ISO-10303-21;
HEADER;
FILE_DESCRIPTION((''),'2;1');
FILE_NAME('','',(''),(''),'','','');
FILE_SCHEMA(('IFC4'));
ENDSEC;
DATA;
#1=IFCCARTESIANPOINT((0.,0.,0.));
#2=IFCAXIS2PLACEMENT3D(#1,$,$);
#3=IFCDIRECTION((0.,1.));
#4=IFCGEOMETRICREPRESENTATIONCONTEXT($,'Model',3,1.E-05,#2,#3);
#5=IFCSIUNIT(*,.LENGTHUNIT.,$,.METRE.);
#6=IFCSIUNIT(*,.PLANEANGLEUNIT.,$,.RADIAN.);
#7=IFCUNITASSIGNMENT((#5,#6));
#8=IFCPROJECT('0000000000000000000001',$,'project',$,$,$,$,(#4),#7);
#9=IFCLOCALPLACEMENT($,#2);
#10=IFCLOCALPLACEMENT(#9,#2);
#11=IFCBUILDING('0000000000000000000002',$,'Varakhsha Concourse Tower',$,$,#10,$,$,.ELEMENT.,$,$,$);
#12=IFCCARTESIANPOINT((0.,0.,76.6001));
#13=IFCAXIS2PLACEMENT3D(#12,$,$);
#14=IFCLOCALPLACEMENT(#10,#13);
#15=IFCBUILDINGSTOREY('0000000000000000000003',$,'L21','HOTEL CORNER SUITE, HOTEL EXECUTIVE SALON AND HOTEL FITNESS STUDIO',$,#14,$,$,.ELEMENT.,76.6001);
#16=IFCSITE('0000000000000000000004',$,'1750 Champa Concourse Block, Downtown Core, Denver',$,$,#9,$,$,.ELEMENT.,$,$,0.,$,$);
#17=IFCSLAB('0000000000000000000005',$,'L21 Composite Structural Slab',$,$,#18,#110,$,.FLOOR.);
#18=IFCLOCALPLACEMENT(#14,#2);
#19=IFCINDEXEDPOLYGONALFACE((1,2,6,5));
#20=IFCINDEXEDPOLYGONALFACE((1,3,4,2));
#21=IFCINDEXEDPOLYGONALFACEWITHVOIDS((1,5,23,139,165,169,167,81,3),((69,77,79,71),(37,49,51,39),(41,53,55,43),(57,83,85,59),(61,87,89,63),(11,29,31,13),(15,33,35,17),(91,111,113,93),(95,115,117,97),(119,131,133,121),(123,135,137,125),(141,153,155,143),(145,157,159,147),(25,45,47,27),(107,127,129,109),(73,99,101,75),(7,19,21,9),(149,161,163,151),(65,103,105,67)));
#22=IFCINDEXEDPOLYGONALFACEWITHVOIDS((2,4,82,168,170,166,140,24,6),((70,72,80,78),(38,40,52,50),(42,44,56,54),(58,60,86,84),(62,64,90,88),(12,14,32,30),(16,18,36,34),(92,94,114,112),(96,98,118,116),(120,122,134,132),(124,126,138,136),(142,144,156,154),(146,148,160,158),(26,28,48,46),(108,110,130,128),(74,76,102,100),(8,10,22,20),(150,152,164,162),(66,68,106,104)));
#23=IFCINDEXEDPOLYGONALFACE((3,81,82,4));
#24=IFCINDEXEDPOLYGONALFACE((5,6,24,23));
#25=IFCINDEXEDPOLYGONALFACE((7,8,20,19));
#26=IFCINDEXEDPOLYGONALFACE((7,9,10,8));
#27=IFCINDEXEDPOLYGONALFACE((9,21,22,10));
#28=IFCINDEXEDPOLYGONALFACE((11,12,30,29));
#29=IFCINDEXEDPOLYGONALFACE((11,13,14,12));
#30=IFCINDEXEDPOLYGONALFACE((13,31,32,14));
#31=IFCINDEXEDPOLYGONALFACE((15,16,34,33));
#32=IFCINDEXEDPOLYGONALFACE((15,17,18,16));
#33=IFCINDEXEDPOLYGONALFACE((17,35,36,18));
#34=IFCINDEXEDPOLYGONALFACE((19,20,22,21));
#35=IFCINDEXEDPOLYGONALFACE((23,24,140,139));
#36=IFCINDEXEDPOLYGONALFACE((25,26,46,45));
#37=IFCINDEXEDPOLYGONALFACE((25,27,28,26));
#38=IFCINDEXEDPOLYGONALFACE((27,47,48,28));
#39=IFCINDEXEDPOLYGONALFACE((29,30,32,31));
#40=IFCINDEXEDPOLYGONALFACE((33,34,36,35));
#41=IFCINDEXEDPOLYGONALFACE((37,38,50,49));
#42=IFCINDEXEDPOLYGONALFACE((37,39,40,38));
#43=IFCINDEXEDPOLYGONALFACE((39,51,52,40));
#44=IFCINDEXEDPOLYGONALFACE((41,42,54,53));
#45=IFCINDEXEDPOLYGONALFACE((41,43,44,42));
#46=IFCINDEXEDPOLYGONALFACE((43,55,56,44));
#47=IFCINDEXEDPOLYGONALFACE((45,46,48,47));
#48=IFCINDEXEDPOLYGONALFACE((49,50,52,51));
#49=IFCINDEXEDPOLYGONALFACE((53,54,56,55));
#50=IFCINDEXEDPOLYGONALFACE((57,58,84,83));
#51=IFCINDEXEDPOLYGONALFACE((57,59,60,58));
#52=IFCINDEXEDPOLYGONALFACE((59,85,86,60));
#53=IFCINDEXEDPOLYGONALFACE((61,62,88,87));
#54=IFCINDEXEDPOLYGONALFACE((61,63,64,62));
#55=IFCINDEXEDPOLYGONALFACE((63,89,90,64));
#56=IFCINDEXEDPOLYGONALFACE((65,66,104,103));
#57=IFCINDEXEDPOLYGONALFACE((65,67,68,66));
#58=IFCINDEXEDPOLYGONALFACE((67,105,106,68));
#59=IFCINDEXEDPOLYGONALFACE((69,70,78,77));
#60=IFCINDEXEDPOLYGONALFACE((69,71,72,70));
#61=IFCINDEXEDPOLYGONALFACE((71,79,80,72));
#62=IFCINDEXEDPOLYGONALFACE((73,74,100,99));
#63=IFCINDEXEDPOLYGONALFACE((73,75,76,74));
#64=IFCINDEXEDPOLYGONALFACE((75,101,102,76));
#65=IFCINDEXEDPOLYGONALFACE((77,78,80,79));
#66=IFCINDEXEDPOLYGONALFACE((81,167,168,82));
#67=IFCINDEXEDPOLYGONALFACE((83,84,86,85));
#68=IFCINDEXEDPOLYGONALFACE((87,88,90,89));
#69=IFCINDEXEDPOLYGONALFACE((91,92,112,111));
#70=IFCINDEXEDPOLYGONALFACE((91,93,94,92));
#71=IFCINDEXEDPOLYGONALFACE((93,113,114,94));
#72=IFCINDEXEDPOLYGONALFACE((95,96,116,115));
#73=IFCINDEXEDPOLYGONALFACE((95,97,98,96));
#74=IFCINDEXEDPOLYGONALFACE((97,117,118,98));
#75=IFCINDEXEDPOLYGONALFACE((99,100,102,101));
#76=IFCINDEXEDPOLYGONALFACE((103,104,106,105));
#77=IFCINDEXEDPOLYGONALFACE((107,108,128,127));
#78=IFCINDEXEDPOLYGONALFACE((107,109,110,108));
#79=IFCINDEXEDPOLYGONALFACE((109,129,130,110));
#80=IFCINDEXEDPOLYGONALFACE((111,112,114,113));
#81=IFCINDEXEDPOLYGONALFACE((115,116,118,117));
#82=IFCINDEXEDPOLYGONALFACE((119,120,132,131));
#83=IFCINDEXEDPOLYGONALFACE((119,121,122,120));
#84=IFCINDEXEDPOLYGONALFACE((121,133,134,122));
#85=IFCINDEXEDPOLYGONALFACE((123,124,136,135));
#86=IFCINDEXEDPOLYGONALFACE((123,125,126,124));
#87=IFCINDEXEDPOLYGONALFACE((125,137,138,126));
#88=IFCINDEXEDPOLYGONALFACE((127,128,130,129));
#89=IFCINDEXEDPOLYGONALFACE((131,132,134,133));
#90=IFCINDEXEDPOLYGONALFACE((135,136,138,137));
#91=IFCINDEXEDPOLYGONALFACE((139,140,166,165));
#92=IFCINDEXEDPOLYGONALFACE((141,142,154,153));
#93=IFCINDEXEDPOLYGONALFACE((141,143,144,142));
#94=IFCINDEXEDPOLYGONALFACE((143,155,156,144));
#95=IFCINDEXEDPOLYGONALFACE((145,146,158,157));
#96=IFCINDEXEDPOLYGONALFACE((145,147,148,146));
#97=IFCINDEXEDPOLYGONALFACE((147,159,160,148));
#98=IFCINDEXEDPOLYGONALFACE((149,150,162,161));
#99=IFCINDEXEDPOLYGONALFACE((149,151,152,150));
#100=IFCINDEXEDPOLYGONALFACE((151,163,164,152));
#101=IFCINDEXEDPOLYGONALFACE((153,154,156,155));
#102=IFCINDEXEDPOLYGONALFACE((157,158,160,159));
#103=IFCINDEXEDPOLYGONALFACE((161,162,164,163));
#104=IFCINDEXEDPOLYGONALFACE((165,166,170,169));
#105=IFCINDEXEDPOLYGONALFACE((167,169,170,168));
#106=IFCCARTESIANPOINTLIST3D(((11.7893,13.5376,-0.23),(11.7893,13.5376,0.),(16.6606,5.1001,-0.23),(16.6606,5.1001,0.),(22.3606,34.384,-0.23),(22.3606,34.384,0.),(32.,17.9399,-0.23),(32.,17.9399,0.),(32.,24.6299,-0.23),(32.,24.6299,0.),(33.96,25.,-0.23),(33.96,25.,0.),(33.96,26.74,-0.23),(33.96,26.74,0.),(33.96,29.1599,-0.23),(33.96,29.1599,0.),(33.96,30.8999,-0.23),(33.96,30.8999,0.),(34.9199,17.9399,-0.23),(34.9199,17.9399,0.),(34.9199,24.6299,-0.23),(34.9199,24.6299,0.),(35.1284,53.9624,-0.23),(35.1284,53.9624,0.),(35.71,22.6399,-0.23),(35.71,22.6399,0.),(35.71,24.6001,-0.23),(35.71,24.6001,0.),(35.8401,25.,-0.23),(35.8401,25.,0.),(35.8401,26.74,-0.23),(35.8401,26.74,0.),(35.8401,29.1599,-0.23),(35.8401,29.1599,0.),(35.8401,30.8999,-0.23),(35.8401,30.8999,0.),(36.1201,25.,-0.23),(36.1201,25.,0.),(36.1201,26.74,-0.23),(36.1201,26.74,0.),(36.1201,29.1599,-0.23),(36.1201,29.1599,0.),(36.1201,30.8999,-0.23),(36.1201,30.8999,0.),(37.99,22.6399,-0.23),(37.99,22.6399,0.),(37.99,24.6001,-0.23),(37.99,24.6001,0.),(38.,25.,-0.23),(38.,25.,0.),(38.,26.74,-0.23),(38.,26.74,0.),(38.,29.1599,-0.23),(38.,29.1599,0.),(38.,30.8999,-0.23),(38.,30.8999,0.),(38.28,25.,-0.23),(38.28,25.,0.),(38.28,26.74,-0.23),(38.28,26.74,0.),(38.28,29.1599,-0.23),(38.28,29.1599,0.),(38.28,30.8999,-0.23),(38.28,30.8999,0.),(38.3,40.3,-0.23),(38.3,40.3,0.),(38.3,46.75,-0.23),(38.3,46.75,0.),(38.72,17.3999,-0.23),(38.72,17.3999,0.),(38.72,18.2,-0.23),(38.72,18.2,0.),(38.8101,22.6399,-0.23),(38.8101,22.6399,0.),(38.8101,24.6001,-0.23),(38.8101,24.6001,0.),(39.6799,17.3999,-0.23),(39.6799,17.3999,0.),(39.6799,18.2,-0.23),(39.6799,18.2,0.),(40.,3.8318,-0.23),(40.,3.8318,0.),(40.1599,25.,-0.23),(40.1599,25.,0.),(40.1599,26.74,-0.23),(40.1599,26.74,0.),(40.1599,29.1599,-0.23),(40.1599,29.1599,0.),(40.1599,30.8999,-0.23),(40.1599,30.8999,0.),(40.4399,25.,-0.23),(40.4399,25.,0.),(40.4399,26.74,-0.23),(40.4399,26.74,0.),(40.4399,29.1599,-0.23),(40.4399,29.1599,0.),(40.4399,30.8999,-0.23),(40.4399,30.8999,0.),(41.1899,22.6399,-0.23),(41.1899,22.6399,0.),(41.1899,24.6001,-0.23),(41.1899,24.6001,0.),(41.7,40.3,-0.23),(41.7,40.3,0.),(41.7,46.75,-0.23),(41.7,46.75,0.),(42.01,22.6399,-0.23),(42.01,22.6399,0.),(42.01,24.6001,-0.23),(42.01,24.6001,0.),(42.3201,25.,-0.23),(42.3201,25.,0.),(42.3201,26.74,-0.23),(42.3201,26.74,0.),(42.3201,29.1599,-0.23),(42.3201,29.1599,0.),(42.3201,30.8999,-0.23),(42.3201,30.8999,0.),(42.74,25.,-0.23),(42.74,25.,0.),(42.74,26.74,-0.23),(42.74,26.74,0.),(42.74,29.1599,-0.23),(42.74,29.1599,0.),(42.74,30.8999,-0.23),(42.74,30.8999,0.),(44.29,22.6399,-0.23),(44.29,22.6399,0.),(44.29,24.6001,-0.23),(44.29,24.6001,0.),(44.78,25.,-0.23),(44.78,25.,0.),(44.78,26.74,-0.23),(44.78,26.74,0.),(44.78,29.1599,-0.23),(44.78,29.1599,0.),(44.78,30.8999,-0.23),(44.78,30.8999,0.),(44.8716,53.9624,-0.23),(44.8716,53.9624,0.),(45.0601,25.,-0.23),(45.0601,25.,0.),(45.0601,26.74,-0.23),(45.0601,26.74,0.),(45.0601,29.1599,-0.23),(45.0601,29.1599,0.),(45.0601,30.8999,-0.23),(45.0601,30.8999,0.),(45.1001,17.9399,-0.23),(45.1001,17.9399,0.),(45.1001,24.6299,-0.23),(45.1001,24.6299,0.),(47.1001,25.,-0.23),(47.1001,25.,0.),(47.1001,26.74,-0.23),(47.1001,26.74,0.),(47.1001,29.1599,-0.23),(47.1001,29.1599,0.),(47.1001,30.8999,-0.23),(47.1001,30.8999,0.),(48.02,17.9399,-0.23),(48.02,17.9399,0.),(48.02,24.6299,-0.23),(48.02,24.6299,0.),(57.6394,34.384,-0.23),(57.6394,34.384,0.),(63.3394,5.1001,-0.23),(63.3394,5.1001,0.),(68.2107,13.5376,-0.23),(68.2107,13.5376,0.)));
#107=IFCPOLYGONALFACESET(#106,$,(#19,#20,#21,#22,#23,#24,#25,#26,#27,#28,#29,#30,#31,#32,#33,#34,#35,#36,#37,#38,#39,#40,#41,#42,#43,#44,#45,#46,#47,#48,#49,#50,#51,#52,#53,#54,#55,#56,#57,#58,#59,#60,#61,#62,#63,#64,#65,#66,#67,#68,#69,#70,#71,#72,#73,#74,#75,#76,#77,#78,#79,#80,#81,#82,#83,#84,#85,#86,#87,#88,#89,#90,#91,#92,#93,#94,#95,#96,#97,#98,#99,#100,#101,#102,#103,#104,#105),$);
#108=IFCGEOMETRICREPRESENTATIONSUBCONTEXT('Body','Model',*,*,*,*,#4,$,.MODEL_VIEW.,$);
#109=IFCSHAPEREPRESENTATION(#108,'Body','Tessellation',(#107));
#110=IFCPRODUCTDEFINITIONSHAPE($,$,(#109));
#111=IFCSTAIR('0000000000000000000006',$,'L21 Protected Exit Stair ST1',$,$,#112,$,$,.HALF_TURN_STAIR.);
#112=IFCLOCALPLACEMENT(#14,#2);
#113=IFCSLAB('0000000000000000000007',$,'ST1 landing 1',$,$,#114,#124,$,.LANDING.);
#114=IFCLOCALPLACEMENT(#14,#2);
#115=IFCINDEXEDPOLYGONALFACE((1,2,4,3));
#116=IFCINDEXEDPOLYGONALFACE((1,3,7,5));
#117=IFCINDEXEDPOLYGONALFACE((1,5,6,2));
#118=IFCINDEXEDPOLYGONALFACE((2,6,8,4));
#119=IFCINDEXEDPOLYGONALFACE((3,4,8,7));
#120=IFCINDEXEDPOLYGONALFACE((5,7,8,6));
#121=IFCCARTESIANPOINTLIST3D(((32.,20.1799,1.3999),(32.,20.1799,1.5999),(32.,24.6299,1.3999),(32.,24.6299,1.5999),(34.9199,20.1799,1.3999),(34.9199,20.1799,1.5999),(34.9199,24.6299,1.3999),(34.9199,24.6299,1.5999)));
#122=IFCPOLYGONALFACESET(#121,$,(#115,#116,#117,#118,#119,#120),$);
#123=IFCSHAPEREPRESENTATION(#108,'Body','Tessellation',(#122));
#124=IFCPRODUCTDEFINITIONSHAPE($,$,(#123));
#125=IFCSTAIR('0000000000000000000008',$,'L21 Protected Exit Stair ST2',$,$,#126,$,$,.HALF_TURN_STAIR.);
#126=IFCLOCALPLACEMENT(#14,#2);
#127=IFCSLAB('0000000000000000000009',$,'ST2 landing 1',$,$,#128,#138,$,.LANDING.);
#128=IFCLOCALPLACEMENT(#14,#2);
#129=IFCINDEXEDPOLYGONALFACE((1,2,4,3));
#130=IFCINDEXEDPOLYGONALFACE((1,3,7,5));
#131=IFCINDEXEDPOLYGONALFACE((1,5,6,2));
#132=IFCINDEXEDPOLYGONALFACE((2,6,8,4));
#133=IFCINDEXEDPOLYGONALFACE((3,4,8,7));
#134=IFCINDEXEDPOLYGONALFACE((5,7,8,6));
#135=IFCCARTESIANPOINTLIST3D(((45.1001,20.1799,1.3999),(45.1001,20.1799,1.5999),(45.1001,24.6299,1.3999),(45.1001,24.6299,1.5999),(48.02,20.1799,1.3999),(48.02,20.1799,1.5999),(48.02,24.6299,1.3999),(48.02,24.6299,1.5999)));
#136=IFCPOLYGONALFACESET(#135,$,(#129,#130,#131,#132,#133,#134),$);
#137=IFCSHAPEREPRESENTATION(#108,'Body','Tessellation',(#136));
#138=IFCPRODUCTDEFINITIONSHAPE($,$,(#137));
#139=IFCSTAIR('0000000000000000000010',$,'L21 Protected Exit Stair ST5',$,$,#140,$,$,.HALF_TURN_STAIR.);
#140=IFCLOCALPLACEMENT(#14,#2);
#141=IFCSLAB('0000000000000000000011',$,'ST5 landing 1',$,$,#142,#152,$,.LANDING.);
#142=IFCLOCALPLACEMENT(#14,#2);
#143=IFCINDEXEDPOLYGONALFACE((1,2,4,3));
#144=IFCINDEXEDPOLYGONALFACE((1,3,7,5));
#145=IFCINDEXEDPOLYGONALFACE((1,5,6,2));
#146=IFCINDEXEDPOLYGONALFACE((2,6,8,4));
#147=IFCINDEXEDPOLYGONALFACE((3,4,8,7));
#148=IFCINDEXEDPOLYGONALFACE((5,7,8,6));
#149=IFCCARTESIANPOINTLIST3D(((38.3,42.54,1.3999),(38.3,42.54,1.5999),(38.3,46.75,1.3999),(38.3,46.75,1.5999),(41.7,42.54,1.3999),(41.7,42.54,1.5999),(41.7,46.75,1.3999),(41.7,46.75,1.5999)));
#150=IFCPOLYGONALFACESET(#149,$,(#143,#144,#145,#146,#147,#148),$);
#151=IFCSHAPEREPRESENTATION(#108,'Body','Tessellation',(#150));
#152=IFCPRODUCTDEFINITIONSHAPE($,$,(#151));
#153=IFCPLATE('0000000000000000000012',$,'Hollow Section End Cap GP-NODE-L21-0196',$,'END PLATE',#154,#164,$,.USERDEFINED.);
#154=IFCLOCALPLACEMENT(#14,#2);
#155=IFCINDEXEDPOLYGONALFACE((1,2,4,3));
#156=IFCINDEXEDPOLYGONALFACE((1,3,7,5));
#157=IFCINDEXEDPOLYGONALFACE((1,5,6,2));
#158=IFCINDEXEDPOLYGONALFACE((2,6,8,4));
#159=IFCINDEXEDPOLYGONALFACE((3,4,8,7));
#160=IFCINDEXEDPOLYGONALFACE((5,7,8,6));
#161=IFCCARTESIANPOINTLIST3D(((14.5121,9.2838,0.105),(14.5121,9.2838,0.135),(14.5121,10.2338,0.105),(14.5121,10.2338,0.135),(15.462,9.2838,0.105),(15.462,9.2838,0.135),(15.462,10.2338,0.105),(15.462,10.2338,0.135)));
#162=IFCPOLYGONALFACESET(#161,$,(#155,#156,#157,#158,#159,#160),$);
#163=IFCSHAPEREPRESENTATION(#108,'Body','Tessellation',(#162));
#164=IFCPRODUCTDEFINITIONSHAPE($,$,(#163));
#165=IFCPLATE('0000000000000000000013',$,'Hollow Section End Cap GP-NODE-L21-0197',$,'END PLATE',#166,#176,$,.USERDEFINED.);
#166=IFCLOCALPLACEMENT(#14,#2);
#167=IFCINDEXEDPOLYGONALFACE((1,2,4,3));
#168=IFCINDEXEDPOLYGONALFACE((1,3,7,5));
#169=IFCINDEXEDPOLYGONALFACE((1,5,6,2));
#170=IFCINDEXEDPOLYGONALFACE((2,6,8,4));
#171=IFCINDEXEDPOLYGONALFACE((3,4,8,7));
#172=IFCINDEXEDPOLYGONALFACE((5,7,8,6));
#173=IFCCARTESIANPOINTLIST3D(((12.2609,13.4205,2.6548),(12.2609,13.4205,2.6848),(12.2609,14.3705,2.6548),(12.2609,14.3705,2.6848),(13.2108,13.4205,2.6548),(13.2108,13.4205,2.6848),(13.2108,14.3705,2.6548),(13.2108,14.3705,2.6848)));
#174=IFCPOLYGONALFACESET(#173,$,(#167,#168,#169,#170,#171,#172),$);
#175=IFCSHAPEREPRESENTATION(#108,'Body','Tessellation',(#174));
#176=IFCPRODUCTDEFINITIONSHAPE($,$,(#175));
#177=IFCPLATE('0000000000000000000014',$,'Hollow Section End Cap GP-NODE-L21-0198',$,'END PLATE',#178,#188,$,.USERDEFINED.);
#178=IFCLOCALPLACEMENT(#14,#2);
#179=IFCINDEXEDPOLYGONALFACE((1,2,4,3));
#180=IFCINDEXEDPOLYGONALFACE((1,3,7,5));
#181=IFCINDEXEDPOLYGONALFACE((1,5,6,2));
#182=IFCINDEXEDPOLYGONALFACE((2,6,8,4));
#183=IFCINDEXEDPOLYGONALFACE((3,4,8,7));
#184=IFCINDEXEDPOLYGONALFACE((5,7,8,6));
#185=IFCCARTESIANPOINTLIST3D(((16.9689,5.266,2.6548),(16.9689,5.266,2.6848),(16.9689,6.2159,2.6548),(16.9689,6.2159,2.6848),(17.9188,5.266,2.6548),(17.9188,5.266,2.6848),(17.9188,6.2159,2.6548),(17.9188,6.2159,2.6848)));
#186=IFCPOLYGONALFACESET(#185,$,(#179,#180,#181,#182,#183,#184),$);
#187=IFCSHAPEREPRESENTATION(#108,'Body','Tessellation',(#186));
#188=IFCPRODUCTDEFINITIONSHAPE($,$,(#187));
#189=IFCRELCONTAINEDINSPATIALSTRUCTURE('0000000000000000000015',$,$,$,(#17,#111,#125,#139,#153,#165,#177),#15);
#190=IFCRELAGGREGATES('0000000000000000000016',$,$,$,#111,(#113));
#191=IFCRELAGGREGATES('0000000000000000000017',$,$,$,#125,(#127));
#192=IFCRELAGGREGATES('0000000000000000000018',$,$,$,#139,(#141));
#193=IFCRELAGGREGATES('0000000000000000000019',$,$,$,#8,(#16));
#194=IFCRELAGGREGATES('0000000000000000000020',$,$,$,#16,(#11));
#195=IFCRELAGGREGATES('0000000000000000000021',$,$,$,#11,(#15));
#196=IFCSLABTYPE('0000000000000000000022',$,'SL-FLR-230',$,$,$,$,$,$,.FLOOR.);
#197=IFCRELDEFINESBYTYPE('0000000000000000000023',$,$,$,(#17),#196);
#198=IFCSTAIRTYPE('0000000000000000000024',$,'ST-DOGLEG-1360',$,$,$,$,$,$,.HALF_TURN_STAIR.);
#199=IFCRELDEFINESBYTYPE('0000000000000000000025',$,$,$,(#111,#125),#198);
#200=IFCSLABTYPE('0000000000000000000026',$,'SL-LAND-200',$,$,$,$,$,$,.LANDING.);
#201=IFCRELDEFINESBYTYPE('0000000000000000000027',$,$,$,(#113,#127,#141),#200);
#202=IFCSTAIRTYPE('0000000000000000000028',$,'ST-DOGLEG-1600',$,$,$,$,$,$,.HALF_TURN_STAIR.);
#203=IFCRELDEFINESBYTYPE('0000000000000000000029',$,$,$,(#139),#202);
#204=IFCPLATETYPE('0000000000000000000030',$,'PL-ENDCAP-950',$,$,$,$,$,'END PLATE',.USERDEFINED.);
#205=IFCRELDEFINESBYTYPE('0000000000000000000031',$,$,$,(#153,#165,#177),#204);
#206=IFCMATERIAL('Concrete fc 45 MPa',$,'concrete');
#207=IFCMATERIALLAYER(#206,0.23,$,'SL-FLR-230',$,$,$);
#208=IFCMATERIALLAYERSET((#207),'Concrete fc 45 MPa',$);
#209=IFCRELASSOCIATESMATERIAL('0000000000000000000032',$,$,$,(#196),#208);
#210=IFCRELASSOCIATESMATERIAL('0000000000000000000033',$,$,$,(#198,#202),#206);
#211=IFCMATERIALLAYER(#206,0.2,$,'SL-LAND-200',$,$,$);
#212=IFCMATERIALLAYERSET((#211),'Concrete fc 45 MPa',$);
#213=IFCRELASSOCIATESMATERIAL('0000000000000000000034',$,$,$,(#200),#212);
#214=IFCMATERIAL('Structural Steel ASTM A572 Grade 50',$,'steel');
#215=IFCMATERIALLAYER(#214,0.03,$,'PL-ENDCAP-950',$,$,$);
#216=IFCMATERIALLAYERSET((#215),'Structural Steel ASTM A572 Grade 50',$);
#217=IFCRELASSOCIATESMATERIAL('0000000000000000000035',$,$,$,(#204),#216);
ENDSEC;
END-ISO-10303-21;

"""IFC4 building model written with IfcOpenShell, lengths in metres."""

from ifc_helpers import new_model, si_unit, direction, frame, origin, origin_2d, place, context, subcontext, project, spatial, polyline, rectangle, outline, extrude, source, transform, mapped, material, layer, layer_set, type_object, type_shapes, element, aggregate, save


model = new_model("IFC4")

# Units and contexts
model_context = context("Model", 3, precision=1e-05, world=origin(), true_north=direction((0.0, 1.0)))
body_context = subcontext(model_context, "Body", "Model", "MODEL_VIEW")
ifc_project = project(units=[si_unit("LENGTHUNIT", "METRE"), si_unit("PLANEANGLEUNIT", "RADIAN")], contexts=[model_context])

# Site, building, storey
site_placement = place(None, origin())
site = spatial("IfcSite", under=ifc_project, at=site_placement, Name="1750 Champa Concourse Block, Downtown Core, Denver", CompositionType="ELEMENT", RefElevation=0.0)
building_placement = place(site_placement, origin())
building = spatial("IfcBuilding", under=site, at=building_placement, Name="Varakhsha Concourse Tower", CompositionType="ELEMENT")
storey_placement = place(building_placement, frame((0.0, 0.0, 76.6001)))
storey = spatial("IfcBuildingStorey", under=building, at=storey_placement, Name="L21", Description="HOTEL CORNER SUITE, HOTEL EXECUTIVE SALON AND HOTEL FITNESS STUDIO", CompositionType="ELEMENT", Elevation=76.6001)

# Shared definitions
ifc_material_1 = material(Name="Structural Steel ASTM A572 Grade 50", Category="steel")

# Slab
ifc_material_2 = material(Name="Concrete fc 45 MPa", Category="concrete")
ifc_layer_1 = layer(ifc_material_2, 0.23, Name="SL-FLR-230")
ifc_layer_set_1 = layer_set([ifc_layer_1], Name="Concrete fc 45 MPa")
slab_type_1 = type_object("IfcSlabType", Name="SL-FLR-230", PredefinedType="FLOOR", material=ifc_layer_set_1)
slab_1_placement = place(storey_placement, frame((0.0, 0.0, -0.23)))
element("IfcSlab", 1, at=slab_1_placement, inside=storey, type_object=slab_type_1, Name="L21 Composite Structural Slab", PredefinedType="FLOOR", context=body_context, shape_type="SweptSolid", body=[
    extrude(outline(polyline([(44.8716, 53.9624), (35.1284, 53.9624), (22.3606, 34.384), (11.7893, 13.5376), (16.6606, 5.1001), (40.0, 3.8318), (63.3394, 5.1001), (68.2107, 13.5376), (57.6394, 34.384), (44.8716, 53.9624)]), holes=[polyline([(34.9199, 17.9399), (34.9199, 24.6299), (32.0, 24.6299), (32.0, 17.9399), (34.9199, 17.9399)]), polyline([(48.02, 17.9399), (48.02, 24.6299), (45.1001, 24.6299), (45.1001, 17.9399), (48.02, 17.9399)]), polyline([(41.7, 40.3), (41.7, 46.75), (38.3, 46.75), (38.3, 40.3), (41.7, 40.3)]), polyline([(33.96, 29.1599), (35.8401, 29.1599), (35.8401, 30.8999), (33.96, 30.8999), (33.96, 29.1599)]), polyline([(36.1201, 29.1599), (38.0, 29.1599), (38.0, 30.8999), (36.1201, 30.8999), (36.1201, 29.1599)]), polyline([(38.28, 29.1599), (40.1599, 29.1599), (40.1599, 30.8999), (38.28, 30.8999), (38.28, 29.1599)]), polyline([(40.4399, 29.1599), (42.3201, 29.1599), (42.3201, 30.8999), (40.4399, 30.8999), (40.4399, 29.1599)]), polyline([(33.96, 25.0), (35.8401, 25.0), (35.8401, 26.74), (33.96, 26.74), (33.96, 25.0)]), polyline([(36.1201, 25.0), (38.0, 25.0), (38.0, 26.74), (36.1201, 26.74), (36.1201, 25.0)]), polyline([(38.28, 25.0), (40.1599, 25.0), (40.1599, 26.74), (38.28, 26.74), (38.28, 25.0)]), polyline([(40.4399, 25.0), (42.3201, 25.0), (42.3201, 26.74), (40.4399, 26.74), (40.4399, 25.0)]), polyline([(42.74, 29.1599), (44.78, 29.1599), (44.78, 30.8999), (42.74, 30.8999), (42.74, 29.1599)]), polyline([(45.0601, 29.1599), (47.1001, 29.1599), (47.1001, 30.8999), (45.0601, 30.8999), (45.0601, 29.1599)]), polyline([(42.74, 25.0), (44.78, 25.0), (44.78, 26.74), (42.74, 26.74), (42.74, 25.0)]), polyline([(45.0601, 25.0), (47.1001, 25.0), (47.1001, 26.74), (45.0601, 26.74), (45.0601, 25.0)]), polyline([(35.71, 22.6399), (37.99, 22.6399), (37.99, 24.6001), (35.71, 24.6001), (35.71, 22.6399)]), polyline([(42.01, 22.6399), (44.29, 22.6399), (44.29, 24.6001), (42.01, 24.6001), (42.01, 22.6399)]), polyline([(38.8101, 22.6399), (41.1899, 22.6399), (41.1899, 24.6001), (38.8101, 24.6001), (38.8101, 22.6399)]), polyline([(38.72, 17.3999), (39.6799, 17.3999), (39.6799, 18.2), (38.72, 18.2), (38.72, 17.3999)])]), origin(), (0.0, 0.0, 1.0), 0.23),
])

# Stairs, slabs
stair_type_1 = type_object("IfcStairType", Name="ST-DOGLEG-1360", PredefinedType="HALF_TURN_STAIR", material=ifc_material_2)
stair_1_placement = place(storey_placement, origin())
stair_1 = element("IfcStair", 2, at=stair_1_placement, inside=storey, type_object=stair_type_1, Name="L21 Protected Exit Stair ST1", PredefinedType="HALF_TURN_STAIR")
ifc_layer_2 = layer(ifc_material_2, 0.2, Name="SL-LAND-200")
ifc_layer_set_2 = layer_set([ifc_layer_2], Name="Concrete fc 45 MPa")
slab_type_2 = type_object("IfcSlabType", Name="SL-LAND-200", PredefinedType="LANDING", material=ifc_layer_set_2)
slab_2_placement = place(storey_placement, frame((0.0, 0.0, 1.3999)))
slab_2 = element("IfcSlab", 3, at=slab_2_placement, type_object=slab_type_2, Name="ST1 landing 1", PredefinedType="LANDING", context=body_context, shape_type="SweptSolid", body=[
    extrude(outline(polyline([(34.9199, 20.1799), (34.9199, 24.6299), (32.0, 24.6299), (32.0, 20.1799), (34.9199, 20.1799)])), origin(), (0.0, 0.0, 1.0), 0.2),
])
aggregate(stair_1, [slab_2])
stair_2_placement = place(storey_placement, origin())
stair_2 = element("IfcStair", 4, at=stair_2_placement, inside=storey, type_object=stair_type_1, Name="L21 Protected Exit Stair ST2", PredefinedType="HALF_TURN_STAIR")
slab_3_placement = place(storey_placement, frame((0.0, 0.0, 1.3999)))
slab_3 = element("IfcSlab", 5, at=slab_3_placement, type_object=slab_type_2, Name="ST2 landing 1", PredefinedType="LANDING", context=body_context, shape_type="SweptSolid", body=[
    extrude(outline(polyline([(48.02, 20.1799), (48.02, 24.6299), (45.1001, 24.6299), (45.1001, 20.1799), (48.02, 20.1799)])), origin(), (0.0, 0.0, 1.0), 0.2),
])
aggregate(stair_2, [slab_3])
stair_type_2 = type_object("IfcStairType", Name="ST-DOGLEG-1600", PredefinedType="HALF_TURN_STAIR", material=ifc_material_2)
stair_3_placement = place(storey_placement, origin())
stair_3 = element("IfcStair", 6, at=stair_3_placement, inside=storey, type_object=stair_type_2, Name="L21 Protected Exit Stair ST5", PredefinedType="HALF_TURN_STAIR")
slab_4_placement = place(storey_placement, frame((0.0, 0.0, 1.3999)))
slab_4 = element("IfcSlab", 7, at=slab_4_placement, type_object=slab_type_2, Name="ST5 landing 1", PredefinedType="LANDING", context=body_context, shape_type="SweptSolid", body=[
    extrude(outline(polyline([(41.7, 42.54), (41.7, 46.75), (38.3, 46.75), (38.3, 42.54), (41.7, 42.54)])), origin(), (0.0, 0.0, 1.0), 0.2),
])
aggregate(stair_3, [slab_4])

# Plates
ifc_layer_3 = layer(ifc_material_1, 0.03, Name="PL-ENDCAP-950")
ifc_layer_set_3 = layer_set([ifc_layer_3], Name="Structural Steel ASTM A572 Grade 50")
plate_type_1 = type_object("IfcPlateType", Name="PL-ENDCAP-950", ElementType="END PLATE", PredefinedType="USERDEFINED", material=ifc_layer_set_3)
shared_shape_1 = source(origin(), body_context, "Body", "SweptSolid", [
    extrude(rectangle(XDim=0.95, YDim=0.95, at=origin_2d()), origin(), (0.0, 0.0, 1.0), 0.03),
])
type_shapes(plate_type_1, [shared_shape_1])
for number, where, z_axis, x_axis, name in (
    (8, (14.9871, 9.7588, 0.105), (0.0, 0.0, 1.0), (1.0, 0.0, 0.0), "Hollow Section End Cap GP-NODE-L21-0196"),
    (9, (12.7358, 13.8955, 2.6548), (0.0, 0.0, 1.0), (1.0, 0.0, 0.0), "Hollow Section End Cap GP-NODE-L21-0197"),
    (10, (17.4438, 5.741, 2.6548), (0.0, 0.0, 1.0), (1.0, 0.0, 0.0), "Hollow Section End Cap GP-NODE-L21-0198"),
):
    element("IfcPlate", number, at=place(storey_placement, frame(where, z_axis=z_axis, x_axis=x_axis)), inside=storey, type_object=plate_type_1, Name=name, ObjectType="END PLATE", PredefinedType="USERDEFINED", context=body_context, shape_type="MappedRepresentation", body=[
        mapped(shared_shape_1, transform((0.0, 0.0, 0.0), scale=1.0)),
    ])

save(model, "model.ifc")
